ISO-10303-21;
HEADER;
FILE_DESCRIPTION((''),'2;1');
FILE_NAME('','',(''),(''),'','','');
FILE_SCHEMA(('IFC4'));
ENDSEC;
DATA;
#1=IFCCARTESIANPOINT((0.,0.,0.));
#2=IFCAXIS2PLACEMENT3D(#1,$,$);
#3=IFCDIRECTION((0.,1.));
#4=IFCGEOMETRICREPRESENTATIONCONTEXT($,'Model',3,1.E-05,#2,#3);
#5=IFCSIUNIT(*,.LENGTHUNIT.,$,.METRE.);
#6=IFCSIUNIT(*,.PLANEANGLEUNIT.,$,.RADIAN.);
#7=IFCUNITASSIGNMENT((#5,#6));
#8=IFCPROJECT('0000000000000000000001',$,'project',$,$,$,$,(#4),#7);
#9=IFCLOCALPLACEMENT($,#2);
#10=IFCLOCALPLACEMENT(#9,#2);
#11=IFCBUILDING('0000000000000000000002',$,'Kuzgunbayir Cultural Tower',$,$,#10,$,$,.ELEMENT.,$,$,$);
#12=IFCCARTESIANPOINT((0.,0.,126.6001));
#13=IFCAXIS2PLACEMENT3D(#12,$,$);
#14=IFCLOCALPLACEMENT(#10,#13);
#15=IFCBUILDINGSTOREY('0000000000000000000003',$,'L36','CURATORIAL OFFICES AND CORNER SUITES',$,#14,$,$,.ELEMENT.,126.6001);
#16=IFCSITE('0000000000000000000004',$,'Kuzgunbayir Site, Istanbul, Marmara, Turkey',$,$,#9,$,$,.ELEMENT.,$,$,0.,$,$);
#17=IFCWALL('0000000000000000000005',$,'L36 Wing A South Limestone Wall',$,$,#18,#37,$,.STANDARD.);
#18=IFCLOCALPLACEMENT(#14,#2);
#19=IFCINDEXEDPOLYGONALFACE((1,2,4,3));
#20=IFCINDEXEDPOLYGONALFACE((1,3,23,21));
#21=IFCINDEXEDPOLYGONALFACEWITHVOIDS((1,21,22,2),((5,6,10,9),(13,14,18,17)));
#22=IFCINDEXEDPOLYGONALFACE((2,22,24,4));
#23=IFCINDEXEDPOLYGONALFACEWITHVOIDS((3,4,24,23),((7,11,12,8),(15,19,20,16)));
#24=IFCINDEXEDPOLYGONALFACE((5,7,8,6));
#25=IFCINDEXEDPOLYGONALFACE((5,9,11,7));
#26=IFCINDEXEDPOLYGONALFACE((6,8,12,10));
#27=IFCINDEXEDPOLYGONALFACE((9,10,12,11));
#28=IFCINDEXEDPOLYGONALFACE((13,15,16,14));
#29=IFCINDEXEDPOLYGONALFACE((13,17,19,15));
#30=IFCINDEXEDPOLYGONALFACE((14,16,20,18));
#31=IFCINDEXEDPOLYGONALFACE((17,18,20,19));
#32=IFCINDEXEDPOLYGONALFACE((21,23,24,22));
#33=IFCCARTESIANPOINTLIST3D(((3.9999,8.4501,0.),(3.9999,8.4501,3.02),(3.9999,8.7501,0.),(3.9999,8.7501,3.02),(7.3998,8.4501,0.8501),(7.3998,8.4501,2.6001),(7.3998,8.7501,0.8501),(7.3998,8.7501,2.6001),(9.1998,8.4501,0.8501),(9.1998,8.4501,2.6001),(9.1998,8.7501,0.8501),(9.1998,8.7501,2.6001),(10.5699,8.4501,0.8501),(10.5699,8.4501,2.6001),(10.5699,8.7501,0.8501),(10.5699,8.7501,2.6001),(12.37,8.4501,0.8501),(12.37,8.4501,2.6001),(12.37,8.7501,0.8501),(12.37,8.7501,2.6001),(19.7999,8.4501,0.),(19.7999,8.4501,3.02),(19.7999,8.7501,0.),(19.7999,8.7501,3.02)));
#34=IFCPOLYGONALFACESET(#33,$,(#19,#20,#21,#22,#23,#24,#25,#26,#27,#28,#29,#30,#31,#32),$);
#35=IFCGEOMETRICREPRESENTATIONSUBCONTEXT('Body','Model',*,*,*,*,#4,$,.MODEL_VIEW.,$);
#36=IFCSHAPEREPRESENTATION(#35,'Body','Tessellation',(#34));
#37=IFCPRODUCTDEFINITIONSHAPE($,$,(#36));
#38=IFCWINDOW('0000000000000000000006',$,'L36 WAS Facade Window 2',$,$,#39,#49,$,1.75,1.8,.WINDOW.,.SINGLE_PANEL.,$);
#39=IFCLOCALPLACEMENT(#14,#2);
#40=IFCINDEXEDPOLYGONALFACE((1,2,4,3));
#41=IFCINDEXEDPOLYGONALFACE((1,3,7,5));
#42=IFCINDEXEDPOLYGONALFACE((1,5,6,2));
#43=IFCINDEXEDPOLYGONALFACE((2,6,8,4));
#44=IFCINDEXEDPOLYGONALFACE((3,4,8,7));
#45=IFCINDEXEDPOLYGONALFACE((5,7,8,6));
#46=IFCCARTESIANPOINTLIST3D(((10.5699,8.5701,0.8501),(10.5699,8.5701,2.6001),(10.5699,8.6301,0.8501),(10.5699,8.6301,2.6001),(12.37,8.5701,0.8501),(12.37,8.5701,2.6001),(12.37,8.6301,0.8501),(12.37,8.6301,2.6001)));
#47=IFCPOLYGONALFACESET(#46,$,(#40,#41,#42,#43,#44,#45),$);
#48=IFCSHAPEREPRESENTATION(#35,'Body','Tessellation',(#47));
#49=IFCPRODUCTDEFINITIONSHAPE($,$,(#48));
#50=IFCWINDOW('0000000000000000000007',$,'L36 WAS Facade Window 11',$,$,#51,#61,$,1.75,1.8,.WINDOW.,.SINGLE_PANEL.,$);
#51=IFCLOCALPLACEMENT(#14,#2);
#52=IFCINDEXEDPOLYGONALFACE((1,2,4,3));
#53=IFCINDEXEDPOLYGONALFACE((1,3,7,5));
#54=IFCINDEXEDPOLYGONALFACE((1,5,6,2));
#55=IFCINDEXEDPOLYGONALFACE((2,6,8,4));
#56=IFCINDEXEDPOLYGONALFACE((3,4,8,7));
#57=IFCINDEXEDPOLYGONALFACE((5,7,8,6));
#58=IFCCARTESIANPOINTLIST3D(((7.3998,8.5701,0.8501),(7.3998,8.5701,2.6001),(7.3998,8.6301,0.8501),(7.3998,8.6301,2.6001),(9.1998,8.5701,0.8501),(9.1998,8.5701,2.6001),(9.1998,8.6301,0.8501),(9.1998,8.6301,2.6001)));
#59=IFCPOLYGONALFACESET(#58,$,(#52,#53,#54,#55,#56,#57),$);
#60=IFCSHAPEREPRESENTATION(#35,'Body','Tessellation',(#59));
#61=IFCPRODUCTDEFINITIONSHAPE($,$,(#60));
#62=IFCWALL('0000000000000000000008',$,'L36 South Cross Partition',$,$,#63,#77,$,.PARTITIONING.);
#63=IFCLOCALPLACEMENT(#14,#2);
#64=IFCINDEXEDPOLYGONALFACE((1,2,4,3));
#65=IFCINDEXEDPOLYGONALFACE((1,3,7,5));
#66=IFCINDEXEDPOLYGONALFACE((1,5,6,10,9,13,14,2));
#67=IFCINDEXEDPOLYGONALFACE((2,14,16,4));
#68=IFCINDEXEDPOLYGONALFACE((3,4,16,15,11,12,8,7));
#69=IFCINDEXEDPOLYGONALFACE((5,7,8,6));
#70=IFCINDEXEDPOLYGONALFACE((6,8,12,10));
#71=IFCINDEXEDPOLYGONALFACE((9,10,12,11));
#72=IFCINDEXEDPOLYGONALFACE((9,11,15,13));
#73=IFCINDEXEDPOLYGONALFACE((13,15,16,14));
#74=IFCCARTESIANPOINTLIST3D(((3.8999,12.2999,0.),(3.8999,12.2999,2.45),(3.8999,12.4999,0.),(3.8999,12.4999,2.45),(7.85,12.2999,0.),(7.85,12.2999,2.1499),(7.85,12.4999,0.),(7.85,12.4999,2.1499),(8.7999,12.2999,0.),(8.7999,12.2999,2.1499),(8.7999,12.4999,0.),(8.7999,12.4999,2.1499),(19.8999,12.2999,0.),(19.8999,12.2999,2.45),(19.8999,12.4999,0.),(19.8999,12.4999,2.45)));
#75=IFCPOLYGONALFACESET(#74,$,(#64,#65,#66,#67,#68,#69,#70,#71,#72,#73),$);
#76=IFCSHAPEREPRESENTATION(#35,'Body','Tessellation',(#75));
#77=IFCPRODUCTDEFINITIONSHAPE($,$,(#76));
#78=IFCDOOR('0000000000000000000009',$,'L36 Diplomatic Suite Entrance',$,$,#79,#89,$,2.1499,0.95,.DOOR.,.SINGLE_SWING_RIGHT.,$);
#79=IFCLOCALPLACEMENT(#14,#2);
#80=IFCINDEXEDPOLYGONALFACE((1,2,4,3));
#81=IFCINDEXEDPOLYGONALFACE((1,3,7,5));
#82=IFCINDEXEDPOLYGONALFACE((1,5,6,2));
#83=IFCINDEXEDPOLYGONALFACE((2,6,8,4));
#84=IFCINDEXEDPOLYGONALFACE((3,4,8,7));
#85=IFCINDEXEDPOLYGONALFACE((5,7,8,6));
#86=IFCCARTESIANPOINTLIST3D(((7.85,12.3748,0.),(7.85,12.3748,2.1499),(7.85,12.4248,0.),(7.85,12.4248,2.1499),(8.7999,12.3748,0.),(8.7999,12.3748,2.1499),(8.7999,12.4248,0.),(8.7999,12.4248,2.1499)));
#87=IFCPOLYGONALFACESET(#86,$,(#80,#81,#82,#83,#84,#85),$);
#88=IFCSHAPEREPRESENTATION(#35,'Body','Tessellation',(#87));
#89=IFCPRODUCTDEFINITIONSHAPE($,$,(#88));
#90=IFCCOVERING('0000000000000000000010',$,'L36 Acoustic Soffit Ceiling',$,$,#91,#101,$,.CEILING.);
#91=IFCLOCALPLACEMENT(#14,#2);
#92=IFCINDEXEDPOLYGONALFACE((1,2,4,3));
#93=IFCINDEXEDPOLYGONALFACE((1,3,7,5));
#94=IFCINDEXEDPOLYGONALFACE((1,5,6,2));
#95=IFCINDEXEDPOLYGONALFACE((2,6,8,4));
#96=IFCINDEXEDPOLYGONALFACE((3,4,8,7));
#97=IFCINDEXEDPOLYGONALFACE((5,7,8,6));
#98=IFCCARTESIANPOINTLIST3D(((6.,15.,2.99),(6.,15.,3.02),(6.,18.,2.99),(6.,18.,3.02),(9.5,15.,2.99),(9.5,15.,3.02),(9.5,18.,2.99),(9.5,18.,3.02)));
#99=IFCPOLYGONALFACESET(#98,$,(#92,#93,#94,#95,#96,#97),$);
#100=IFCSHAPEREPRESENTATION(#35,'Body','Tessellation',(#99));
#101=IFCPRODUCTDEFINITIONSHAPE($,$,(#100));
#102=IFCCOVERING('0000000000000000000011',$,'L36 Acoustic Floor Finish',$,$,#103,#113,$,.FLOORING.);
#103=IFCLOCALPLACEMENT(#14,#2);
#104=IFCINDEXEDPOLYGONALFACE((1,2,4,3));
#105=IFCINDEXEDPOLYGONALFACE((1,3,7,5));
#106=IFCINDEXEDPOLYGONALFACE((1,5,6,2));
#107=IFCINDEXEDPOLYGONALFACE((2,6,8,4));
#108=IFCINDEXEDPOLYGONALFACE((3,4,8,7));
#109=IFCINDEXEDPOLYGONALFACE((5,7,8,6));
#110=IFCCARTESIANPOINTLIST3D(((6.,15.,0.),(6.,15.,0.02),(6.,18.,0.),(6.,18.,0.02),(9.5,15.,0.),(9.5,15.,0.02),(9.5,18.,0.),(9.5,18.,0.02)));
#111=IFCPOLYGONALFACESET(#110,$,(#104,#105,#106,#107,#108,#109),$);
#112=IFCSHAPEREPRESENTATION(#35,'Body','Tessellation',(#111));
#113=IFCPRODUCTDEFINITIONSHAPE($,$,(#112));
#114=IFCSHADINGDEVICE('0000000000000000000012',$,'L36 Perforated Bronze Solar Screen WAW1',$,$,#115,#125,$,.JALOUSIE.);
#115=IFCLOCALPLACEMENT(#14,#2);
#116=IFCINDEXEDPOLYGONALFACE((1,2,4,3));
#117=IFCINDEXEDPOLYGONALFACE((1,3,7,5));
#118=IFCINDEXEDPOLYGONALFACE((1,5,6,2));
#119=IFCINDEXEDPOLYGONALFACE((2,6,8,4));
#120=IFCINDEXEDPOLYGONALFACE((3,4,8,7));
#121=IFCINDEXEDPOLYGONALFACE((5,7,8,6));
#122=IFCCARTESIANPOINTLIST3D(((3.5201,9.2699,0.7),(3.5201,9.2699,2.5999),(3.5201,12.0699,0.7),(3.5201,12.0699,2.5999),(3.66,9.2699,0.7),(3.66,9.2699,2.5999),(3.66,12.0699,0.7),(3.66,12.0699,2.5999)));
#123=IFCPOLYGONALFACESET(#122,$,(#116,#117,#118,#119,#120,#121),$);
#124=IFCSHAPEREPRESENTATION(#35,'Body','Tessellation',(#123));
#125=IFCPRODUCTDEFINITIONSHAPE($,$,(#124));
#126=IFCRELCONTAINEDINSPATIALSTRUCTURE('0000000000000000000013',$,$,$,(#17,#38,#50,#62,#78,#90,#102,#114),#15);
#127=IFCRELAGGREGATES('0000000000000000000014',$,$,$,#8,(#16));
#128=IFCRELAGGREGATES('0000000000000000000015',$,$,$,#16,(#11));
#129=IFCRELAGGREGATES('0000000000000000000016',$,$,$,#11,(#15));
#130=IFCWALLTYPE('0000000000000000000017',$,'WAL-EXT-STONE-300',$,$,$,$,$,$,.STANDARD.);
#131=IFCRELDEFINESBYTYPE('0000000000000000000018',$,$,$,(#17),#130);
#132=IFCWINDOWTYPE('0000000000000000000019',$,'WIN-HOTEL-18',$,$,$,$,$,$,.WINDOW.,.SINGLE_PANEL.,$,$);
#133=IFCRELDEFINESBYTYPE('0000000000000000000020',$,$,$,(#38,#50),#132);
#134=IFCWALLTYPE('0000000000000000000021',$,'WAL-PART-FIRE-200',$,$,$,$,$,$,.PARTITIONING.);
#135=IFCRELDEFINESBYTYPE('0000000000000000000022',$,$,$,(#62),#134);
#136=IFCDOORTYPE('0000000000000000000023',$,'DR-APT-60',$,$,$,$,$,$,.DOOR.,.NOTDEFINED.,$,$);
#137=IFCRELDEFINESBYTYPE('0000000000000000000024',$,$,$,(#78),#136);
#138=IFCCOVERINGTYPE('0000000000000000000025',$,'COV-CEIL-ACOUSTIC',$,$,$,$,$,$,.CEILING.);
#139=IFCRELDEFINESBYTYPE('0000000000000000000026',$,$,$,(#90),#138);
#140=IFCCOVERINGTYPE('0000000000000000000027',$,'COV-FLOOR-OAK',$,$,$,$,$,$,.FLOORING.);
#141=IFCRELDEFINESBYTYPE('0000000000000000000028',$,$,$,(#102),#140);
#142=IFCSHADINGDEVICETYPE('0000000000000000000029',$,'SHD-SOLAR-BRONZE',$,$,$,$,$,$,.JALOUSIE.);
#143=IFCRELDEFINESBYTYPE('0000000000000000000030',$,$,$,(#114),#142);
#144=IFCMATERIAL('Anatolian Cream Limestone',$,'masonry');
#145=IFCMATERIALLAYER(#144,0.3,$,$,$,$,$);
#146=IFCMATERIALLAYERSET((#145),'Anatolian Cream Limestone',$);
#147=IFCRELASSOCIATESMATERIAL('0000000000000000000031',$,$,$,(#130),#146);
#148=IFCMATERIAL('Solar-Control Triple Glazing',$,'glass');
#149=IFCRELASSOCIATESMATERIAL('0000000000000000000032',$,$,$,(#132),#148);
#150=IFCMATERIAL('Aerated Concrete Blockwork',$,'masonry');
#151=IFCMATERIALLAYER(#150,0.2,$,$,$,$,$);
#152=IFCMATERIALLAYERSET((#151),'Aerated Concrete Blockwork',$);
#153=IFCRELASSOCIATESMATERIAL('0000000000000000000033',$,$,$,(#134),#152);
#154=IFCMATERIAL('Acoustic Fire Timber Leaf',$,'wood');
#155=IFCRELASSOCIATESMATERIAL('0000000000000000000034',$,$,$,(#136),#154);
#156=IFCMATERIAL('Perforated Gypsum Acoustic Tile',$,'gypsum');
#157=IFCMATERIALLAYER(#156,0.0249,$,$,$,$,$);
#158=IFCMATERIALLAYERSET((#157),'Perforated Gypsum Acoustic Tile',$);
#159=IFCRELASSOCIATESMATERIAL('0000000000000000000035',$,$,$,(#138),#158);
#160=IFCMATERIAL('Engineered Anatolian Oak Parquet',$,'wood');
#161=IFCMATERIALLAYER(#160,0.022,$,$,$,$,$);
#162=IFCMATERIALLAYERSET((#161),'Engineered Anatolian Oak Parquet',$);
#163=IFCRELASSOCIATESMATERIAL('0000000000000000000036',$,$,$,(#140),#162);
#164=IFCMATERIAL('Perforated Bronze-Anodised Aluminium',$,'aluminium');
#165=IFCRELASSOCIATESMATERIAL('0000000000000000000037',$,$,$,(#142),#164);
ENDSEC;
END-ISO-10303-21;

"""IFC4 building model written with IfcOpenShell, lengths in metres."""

from ifc_helpers import new_model, si_unit, direction, frame, frame_2d, origin, origin_2d, place, context, subcontext, project, spatial, polyline, rectangle, outline, extrude, material, layer, layer_set, type_object, element, fill, save


model = new_model("IFC4")

# Units and contexts
model_context = context("Model", 3, precision=1e-05, world=origin(), true_north=direction((0.0, 1.0)))
body_context = subcontext(model_context, "Body", "Model", "MODEL_VIEW")
ifc_project = project(units=[si_unit("LENGTHUNIT", "METRE"), si_unit("PLANEANGLEUNIT", "RADIAN")], contexts=[model_context])

# Site, building, storey
site_placement = place(None, origin())
site = spatial("IfcSite", under=ifc_project, at=site_placement, Name="Kuzgunbayir Site, Istanbul, Marmara, Turkey", CompositionType="ELEMENT", RefElevation=0.0)
building_placement = place(site_placement, origin())
building = spatial("IfcBuilding", under=site, at=building_placement, Name="Kuzgunbayir Cultural Tower", CompositionType="ELEMENT")
storey_placement = place(building_placement, frame((0.0, 0.0, 126.6001)))
storey = spatial("IfcBuildingStorey", under=building, at=storey_placement, Name="L36", Description="CURATORIAL OFFICES AND CORNER SUITES", CompositionType="ELEMENT", Elevation=126.6001)

# Wall, openings, windows
ifc_material_1 = material(Name="Anatolian Cream Limestone", Category="masonry")
ifc_layer_1 = layer(ifc_material_1, 0.3)
ifc_layer_set_1 = layer_set([ifc_layer_1], Name="Anatolian Cream Limestone")
wall_type_1 = type_object("IfcWallType", Name="WAL-EXT-STONE-300", PredefinedType="STANDARD", material=ifc_layer_set_1)
wall_1_placement = place(storey_placement, frame((4.0, 8.6001, 0.0), z_axis=(0.0, 0.0, 1.0), x_axis=(1.0, 0.0, 0.0)))
wall_1 = element("IfcWall", 1, at=wall_1_placement, inside=storey, type_object=wall_type_1, Name="L36 Wing A South Limestone Wall", PredefinedType="STANDARD", context=body_context, shape_type="SweptSolid", body=[
    extrude(rectangle(XDim=15.8, YDim=0.3, at=frame_2d((7.8999, 0.0))), origin(), (0.0, 0.0, 1.0), 3.02),
])
opening_1_placement = place(wall_1_placement, frame((6.5701, 0.0, 0.8501)))
opening_1 = element("IfcOpeningElement", 2, at=opening_1_placement, cuts=wall_1, PredefinedType="OPENING", context=body_context, shape_type="SweptSolid", body=[
    extrude(rectangle(XDim=1.8, YDim=1.75, at=frame_2d((0.8999, 0.875))), frame((0.0, 0.1602, 0.0), z_axis=(0.0, -1.0, 0.0), x_axis=(1.0, 0.0, 0.0)), (0.0, 0.0, 1.0), 0.3201),
])
opening_2_placement = place(wall_1_placement, frame((3.3999, 0.0, 0.8501)))
opening_2 = element("IfcOpeningElement", 3, at=opening_2_placement, cuts=wall_1, PredefinedType="OPENING", context=body_context, shape_type="SweptSolid", body=[
    extrude(rectangle(XDim=1.8, YDim=1.75, at=frame_2d((0.8999, 0.875))), frame((0.0, 0.1602, 0.0), z_axis=(0.0, -1.0, 0.0), x_axis=(1.0, 0.0, 0.0)), (0.0, 0.0, 1.0), 0.3201),
])
ifc_material_2 = material(Name="Solar-Control Triple Glazing", Category="glass")
window_type = type_object("IfcWindowType", Name="WIN-HOTEL-18", PartitioningType="SINGLE_PANEL", PredefinedType="WINDOW", material=ifc_material_2)
window_1_placement = place(opening_1_placement, origin())
window_1 = element("IfcWindow", 4, at=window_1_placement, inside=storey, type_object=window_type, Name="L36 WAS Facade Window 2", OverallHeight=1.75, OverallWidth=1.8, PartitioningType="SINGLE_PANEL", PredefinedType="WINDOW", context=body_context, shape_type="SweptSolid", body=[
    extrude(rectangle(XDim=1.8, YDim=1.75, at=frame_2d((0.8999, 0.875))), frame((0.0, 0.03, 0.0), z_axis=(0.0, -1.0, 0.0), x_axis=(1.0, 0.0, 0.0)), (0.0, 0.0, 1.0), 0.0601),
])
fill(opening_1, window_1)
window_2_placement = place(opening_2_placement, origin())
window_2 = element("IfcWindow", 5, at=window_2_placement, inside=storey, type_object=window_type, Name="L36 WAS Facade Window 11", OverallHeight=1.75, OverallWidth=1.8, PartitioningType="SINGLE_PANEL", PredefinedType="WINDOW", context=body_context, shape_type="SweptSolid", body=[
    extrude(rectangle(XDim=1.8, YDim=1.75, at=frame_2d((0.8999, 0.875))), frame((0.0, 0.03, 0.0), z_axis=(0.0, -1.0, 0.0), x_axis=(1.0, 0.0, 0.0)), (0.0, 0.0, 1.0), 0.0601),
])
fill(opening_2, window_2)

# Wall, opening, door
ifc_material_3 = material(Name="Aerated Concrete Blockwork", Category="masonry")
ifc_layer_2 = layer(ifc_material_3, 0.2)
ifc_layer_set_2 = layer_set([ifc_layer_2], Name="Aerated Concrete Blockwork")
wall_type_2 = type_object("IfcWallType", Name="WAL-PART-FIRE-200", PredefinedType="PARTITIONING", material=ifc_layer_set_2)
wall_2_placement = place(storey_placement, frame((3.8999, 12.3999, 0.0), z_axis=(0.0, 0.0, 1.0), x_axis=(1.0, 0.0, 0.0)))
wall_2 = element("IfcWall", 6, at=wall_2_placement, inside=storey, type_object=wall_type_2, Name="L36 South Cross Partition", PredefinedType="PARTITIONING", context=body_context, shape_type="SweptSolid", body=[
    extrude(rectangle(XDim=16.0, YDim=0.2, at=frame_2d((8.0, 0.0))), origin(), (0.0, 0.0, 1.0), 2.45),
])
opening_3_placement = place(wall_2_placement, frame((3.95, 0.0, 0.0)))
opening_3 = element("IfcOpeningElement", 7, at=opening_3_placement, cuts=wall_2, PredefinedType="OPENING", context=body_context, shape_type="SweptSolid", body=[
    extrude(rectangle(XDim=0.95, YDim=2.1499, at=frame_2d((0.4751, 1.075))), frame((0.0, 0.1099, 0.0), z_axis=(0.0, -1.0, 0.0), x_axis=(1.0, 0.0, 0.0)), (0.0, 0.0, 1.0), 0.22),
])
ifc_material_4 = material(Name="Acoustic Fire Timber Leaf", Category="wood")
door_type = type_object("IfcDoorType", Name="DR-APT-60", OperationType="NOTDEFINED", PredefinedType="DOOR", material=ifc_material_4)
door_placement = place(opening_3_placement, origin())
door = element("IfcDoor", 8, at=door_placement, inside=storey, type_object=door_type, Name="L36 Diplomatic Suite Entrance", OperationType="SINGLE_SWING_RIGHT", OverallHeight=2.1499, OverallWidth=0.95, PredefinedType="DOOR", context=body_context, shape_type="SweptSolid", body=[
    extrude(rectangle(XDim=0.95, YDim=2.1499, at=frame_2d((0.4751, 1.075))), frame((0.0, 0.0249, 0.0), z_axis=(0.0, -1.0, 0.0), x_axis=(1.0, 0.0, 0.0)), (0.0, 0.0, 1.0), 0.05),
])
fill(opening_3, door)

# Coverings
ifc_material_5 = material(Name="Perforated Gypsum Acoustic Tile", Category="gypsum")
ifc_layer_3 = layer(ifc_material_5, 0.0249)
ifc_layer_set_3 = layer_set([ifc_layer_3], Name="Perforated Gypsum Acoustic Tile")
covering_type_1 = type_object("IfcCoveringType", Name="COV-CEIL-ACOUSTIC", PredefinedType="CEILING", material=ifc_layer_set_3)
covering_1_placement = place(storey_placement, frame((0.0, 0.0, 2.99)))
element("IfcCovering", 9, at=covering_1_placement, inside=storey, type_object=covering_type_1, Name="L36 Acoustic Soffit Ceiling", PredefinedType="CEILING", context=body_context, shape_type="SweptSolid", body=[
    extrude(outline(polyline([(6.0, 15.0), (9.5, 15.0), (9.5, 18.0), (6.0, 18.0), (6.0, 15.0)])), origin(), (0.0, 0.0, 1.0), 0.03),
])
ifc_material_6 = material(Name="Engineered Anatolian Oak Parquet", Category="wood")
ifc_layer_4 = layer(ifc_material_6, 0.022)
ifc_layer_set_4 = layer_set([ifc_layer_4], Name="Engineered Anatolian Oak Parquet")
covering_type_2 = type_object("IfcCoveringType", Name="COV-FLOOR-OAK", PredefinedType="FLOORING", material=ifc_layer_set_4)
covering_2_placement = place(storey_placement, origin())
element("IfcCovering", 10, at=covering_2_placement, inside=storey, type_object=covering_type_2, Name="L36 Acoustic Floor Finish", PredefinedType="FLOORING", context=body_context, shape_type="SweptSolid", body=[
    extrude(outline(polyline([(6.0, 15.0), (9.5, 15.0), (9.5, 18.0), (6.0, 18.0), (6.0, 15.0)])), origin(), (0.0, 0.0, 1.0), 0.02),
])

# Shading device
ifc_material_7 = material(Name="Perforated Bronze-Anodised Aluminium", Category="aluminium")
shading_device_type = type_object("IfcShadingDeviceType", Name="SHD-SOLAR-BRONZE", PredefinedType="JALOUSIE", material=ifc_material_7)
shading_device_placement = place(storey_placement, frame((3.5901, 10.6699, 0.7), z_axis=(0.0, 0.0, 1.0), x_axis=(1.0, 0.0, 0.0)))
element("IfcShadingDevice", 11, at=shading_device_placement, inside=storey, type_object=shading_device_type, Name="L36 Perforated Bronze Solar Screen WAW1", PredefinedType="JALOUSIE", context=body_context, shape_type="SweptSolid", body=[
    extrude(rectangle(XDim=0.1399, YDim=2.8, at=origin_2d()), origin(), (0.0, 0.0, 1.0), 1.8999),
])

save(model, "model.ifc")
